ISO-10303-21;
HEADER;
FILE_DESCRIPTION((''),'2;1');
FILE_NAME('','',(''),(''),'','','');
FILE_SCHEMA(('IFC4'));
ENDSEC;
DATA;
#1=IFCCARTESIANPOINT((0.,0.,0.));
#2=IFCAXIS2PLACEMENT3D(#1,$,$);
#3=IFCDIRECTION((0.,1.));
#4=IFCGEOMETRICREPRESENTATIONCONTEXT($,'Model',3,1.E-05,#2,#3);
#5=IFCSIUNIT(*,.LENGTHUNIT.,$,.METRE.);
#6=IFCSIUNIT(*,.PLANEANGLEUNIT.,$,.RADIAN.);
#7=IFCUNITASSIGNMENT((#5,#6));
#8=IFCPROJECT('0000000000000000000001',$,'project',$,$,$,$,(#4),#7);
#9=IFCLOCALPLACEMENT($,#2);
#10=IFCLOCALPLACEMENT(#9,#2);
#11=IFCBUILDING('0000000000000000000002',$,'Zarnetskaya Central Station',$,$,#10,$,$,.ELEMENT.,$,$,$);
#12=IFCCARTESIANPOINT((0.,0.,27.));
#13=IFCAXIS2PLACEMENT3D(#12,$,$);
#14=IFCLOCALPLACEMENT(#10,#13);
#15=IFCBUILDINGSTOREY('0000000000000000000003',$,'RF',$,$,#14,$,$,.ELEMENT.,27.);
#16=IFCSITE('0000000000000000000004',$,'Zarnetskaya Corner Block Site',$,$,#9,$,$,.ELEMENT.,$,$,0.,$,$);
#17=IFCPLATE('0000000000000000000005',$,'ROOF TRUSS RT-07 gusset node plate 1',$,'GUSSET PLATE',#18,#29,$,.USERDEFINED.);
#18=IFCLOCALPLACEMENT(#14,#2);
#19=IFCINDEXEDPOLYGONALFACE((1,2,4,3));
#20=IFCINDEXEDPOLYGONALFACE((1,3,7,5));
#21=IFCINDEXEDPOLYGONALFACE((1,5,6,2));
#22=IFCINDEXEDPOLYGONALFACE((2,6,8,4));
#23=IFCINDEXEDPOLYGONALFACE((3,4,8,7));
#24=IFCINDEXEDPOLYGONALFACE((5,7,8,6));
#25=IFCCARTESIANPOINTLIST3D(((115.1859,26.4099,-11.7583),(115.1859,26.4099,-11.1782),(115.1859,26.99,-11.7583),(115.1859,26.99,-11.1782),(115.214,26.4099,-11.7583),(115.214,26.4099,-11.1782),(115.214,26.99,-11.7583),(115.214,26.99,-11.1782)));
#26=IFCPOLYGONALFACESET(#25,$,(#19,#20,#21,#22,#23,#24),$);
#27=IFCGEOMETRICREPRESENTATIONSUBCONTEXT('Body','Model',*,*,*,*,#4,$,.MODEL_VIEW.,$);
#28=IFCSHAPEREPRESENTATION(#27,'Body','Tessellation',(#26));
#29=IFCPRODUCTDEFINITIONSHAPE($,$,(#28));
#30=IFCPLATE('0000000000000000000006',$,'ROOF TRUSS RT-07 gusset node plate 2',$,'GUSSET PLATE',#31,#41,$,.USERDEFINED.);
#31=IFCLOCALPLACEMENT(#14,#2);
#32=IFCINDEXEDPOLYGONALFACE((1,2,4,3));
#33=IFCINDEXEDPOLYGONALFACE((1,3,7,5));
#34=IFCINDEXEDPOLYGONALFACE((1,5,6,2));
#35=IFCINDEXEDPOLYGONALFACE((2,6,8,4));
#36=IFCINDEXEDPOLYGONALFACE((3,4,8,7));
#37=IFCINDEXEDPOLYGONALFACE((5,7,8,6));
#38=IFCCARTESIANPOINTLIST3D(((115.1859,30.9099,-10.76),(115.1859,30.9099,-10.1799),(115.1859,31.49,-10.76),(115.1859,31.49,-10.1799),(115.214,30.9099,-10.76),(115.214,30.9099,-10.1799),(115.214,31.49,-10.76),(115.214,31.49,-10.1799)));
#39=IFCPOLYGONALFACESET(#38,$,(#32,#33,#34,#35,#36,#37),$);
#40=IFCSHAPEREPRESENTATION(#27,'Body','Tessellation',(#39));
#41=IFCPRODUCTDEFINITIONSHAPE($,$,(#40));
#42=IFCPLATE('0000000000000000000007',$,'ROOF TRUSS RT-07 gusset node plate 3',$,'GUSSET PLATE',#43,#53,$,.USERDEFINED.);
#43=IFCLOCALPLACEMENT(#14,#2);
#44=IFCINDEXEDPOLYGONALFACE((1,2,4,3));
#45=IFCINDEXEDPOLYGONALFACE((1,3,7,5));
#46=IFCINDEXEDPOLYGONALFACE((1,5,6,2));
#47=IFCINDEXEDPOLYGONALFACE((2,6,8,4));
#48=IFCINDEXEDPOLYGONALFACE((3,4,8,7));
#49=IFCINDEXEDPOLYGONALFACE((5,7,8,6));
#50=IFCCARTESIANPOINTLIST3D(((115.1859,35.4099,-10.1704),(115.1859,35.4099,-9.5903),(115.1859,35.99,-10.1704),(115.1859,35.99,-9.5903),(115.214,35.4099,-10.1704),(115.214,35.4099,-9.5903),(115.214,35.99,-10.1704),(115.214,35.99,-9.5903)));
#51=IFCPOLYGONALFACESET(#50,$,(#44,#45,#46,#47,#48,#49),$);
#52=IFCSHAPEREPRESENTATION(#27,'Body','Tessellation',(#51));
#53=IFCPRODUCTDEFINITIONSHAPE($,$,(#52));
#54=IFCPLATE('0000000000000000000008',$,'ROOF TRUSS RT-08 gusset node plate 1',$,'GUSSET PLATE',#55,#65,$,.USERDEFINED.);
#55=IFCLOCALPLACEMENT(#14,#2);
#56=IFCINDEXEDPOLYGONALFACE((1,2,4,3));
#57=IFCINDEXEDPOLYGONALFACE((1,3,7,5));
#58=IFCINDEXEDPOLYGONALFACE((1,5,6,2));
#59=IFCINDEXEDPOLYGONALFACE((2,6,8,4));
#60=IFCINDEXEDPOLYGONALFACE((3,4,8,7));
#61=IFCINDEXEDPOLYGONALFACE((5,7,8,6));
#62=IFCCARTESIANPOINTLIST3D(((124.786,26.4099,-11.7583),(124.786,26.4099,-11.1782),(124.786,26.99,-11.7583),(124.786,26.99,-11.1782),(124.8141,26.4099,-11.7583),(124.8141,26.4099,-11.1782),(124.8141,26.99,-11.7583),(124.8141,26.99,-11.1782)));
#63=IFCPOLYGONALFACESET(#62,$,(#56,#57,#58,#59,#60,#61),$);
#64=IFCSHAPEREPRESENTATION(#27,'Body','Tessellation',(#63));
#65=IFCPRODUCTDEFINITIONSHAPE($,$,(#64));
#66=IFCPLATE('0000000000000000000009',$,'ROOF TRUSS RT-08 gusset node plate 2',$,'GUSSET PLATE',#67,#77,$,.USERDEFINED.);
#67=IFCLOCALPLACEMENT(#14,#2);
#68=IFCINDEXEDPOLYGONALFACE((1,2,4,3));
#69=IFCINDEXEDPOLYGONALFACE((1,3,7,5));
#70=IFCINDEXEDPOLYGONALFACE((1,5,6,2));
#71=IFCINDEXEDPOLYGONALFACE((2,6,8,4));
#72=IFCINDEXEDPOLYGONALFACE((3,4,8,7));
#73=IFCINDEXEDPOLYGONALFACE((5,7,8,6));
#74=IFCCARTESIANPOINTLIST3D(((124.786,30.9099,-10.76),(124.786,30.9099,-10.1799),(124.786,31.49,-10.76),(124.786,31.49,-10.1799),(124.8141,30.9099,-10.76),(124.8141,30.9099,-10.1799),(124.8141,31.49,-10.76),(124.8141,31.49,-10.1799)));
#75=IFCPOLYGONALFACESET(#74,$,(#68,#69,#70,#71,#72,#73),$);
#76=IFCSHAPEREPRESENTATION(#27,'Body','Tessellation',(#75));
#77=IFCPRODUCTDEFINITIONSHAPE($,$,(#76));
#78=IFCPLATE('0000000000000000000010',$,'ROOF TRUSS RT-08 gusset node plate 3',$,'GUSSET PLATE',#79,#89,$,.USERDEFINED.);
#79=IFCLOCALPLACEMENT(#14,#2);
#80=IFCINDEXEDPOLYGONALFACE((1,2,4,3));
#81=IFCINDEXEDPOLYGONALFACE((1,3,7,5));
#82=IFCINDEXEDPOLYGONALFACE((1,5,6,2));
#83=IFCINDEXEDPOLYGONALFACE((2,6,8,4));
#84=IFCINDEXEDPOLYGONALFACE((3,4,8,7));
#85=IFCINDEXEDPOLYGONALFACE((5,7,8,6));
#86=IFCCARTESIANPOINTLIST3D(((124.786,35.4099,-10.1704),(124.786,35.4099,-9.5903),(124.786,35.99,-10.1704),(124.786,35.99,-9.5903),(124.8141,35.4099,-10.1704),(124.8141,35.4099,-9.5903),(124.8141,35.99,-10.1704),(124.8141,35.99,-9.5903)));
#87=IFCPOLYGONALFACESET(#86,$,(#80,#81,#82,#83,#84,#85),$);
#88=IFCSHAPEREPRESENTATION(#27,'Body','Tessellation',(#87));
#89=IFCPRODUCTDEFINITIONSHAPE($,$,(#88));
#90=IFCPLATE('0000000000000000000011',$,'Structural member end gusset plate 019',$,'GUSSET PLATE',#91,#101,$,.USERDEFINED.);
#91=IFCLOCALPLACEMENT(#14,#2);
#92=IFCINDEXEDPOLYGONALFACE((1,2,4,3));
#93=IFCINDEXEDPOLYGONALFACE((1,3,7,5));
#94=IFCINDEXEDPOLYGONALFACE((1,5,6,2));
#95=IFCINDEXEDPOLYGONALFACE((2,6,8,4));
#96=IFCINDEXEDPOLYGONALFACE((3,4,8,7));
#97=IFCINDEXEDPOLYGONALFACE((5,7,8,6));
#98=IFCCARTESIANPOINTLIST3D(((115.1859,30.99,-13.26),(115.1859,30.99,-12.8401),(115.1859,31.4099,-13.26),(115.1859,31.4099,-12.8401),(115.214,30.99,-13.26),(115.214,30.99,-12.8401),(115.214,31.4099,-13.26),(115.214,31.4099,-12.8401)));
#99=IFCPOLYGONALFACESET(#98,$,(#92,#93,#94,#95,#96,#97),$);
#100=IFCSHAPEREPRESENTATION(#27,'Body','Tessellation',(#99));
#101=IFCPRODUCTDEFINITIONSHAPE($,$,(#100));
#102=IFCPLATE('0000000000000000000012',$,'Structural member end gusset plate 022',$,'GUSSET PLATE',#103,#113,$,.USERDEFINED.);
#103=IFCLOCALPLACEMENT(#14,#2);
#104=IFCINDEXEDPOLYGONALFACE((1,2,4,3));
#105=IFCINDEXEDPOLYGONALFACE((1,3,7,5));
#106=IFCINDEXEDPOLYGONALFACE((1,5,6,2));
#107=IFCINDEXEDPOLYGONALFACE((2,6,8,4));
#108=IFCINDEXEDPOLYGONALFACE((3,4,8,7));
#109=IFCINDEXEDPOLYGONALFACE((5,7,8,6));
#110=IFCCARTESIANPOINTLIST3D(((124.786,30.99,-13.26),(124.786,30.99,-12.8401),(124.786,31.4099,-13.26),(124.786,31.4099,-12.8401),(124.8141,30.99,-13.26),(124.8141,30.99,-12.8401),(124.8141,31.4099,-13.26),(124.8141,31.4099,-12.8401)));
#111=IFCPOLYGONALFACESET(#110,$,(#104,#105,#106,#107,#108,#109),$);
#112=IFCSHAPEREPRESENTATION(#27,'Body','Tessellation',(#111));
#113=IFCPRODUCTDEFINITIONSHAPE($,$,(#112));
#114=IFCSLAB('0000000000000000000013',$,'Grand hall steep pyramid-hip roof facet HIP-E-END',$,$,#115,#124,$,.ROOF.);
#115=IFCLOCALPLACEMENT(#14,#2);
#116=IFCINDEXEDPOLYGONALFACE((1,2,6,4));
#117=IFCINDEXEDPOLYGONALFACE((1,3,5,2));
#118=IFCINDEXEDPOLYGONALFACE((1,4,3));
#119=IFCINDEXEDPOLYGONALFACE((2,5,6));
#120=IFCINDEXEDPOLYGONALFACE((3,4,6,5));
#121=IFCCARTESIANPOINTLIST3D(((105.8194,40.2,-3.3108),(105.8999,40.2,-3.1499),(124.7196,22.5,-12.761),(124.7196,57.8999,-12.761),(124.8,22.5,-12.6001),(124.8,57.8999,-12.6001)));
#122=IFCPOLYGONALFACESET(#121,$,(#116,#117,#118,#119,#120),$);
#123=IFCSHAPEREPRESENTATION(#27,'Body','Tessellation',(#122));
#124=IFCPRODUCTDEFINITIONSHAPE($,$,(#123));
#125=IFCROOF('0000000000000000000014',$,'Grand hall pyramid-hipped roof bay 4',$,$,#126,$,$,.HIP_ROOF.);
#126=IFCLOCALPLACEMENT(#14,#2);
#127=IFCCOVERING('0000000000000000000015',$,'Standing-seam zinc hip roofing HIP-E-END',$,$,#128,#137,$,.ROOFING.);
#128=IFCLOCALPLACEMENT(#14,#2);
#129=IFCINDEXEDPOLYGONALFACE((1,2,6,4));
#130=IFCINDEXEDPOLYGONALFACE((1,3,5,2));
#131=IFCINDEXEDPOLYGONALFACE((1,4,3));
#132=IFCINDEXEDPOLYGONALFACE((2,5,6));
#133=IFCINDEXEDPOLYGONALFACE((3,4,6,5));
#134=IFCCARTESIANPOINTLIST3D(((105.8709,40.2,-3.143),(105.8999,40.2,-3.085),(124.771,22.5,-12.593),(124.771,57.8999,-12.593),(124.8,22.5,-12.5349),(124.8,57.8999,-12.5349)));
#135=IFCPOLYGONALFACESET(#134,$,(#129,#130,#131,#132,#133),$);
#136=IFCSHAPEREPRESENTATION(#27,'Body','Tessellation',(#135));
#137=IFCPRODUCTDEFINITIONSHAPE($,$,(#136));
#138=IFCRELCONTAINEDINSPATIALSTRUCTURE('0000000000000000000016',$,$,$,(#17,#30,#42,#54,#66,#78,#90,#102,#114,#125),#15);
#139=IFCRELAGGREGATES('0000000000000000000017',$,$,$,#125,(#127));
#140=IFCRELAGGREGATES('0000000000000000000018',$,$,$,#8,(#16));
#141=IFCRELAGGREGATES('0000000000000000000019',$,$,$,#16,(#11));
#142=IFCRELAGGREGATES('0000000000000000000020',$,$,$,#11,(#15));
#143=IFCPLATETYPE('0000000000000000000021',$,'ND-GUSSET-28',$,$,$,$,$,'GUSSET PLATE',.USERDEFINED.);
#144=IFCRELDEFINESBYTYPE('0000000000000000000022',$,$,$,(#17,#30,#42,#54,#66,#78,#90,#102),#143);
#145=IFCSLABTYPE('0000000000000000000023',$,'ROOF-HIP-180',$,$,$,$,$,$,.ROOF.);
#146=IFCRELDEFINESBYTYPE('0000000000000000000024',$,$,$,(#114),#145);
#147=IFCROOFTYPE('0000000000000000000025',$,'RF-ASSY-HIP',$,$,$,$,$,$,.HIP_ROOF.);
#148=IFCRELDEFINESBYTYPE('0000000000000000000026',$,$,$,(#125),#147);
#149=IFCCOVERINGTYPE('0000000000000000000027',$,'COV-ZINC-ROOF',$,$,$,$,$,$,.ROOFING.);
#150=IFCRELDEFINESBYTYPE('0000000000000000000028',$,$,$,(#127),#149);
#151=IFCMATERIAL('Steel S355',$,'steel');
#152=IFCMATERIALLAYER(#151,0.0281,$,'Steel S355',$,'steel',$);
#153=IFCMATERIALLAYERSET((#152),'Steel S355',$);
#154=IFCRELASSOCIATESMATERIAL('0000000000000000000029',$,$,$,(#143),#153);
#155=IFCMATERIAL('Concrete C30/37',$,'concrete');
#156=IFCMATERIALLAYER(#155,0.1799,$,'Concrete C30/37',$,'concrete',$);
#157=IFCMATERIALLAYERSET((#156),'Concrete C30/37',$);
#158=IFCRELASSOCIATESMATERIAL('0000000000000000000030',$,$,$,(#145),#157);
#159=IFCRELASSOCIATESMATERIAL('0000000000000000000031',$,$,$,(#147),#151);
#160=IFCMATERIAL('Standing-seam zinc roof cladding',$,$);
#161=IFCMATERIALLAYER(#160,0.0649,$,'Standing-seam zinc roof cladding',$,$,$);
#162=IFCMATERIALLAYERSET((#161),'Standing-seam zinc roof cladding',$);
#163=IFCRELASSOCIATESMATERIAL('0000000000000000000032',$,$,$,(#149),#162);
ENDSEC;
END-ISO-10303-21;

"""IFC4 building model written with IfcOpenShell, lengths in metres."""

from ifc_helpers import new_model, si_unit, direction, frame, origin, origin_2d, place, context, subcontext, project, spatial, polyline, rectangle, outline, extrude, material, layer, layer_set, type_object, element, aggregate, save


model = new_model("IFC4")

# Units and contexts
model_context = context("Model", 3, precision=1e-05, world=origin(), true_north=direction((0.0, 1.0)))
body_context = subcontext(model_context, "Body", "Model", "MODEL_VIEW")
ifc_project = project(units=[si_unit("LENGTHUNIT", "METRE"), si_unit("PLANEANGLEUNIT", "RADIAN")], contexts=[model_context])

# Site, building, storey
site_placement = place(None, origin())
site = spatial("IfcSite", under=ifc_project, at=site_placement, Name="Zarnetskaya Corner Block Site", CompositionType="ELEMENT", RefElevation=0.0)
building_placement = place(site_placement, origin())
building = spatial("IfcBuilding", under=site, at=building_placement, Name="Zarnetskaya Central Station", CompositionType="ELEMENT")
storey_placement = place(building_placement, frame((0.0, 0.0, 27.0)))
storey = spatial("IfcBuildingStorey", under=building, at=storey_placement, Name="RF", CompositionType="ELEMENT", Elevation=27.0)

# Shared definitions
ifc_material_1 = material(Name="Steel S355", Category="steel")

# Plates
ifc_layer_1 = layer(ifc_material_1, 0.0281, Name="Steel S355", Category="steel")
ifc_layer_set_1 = layer_set([ifc_layer_1], Name="Steel S355")
plate_type_1 = type_object("IfcPlateType", Name="ND-GUSSET-28", ElementType="GUSSET PLATE", PredefinedType="USERDEFINED", material=ifc_layer_set_1)
for number, where, z_axis, x_axis, name in (
    (1, (115.2, 26.7, -11.7583), (0.0, 0.0, 1.0), (1.0, 0.0, 0.0), "ROOF TRUSS RT-07 gusset node plate 1"),
    (2, (115.2, 31.2, -10.76), (0.0, 0.0, 1.0), (1.0, 0.0, 0.0), "ROOF TRUSS RT-07 gusset node plate 2"),
    (3, (115.2, 35.7, -10.1704), (0.0, 0.0, 1.0), (1.0, 0.0, 0.0), "ROOF TRUSS RT-07 gusset node plate 3"),
    (4, (124.8, 26.7, -11.7583), (0.0, 0.0, 1.0), (1.0, 0.0, 0.0), "ROOF TRUSS RT-08 gusset node plate 1"),
    (5, (124.8, 31.2, -10.76), (0.0, 0.0, 1.0), (1.0, 0.0, 0.0), "ROOF TRUSS RT-08 gusset node plate 2"),
    (6, (124.8, 35.7, -10.1704), (0.0, 0.0, 1.0), (1.0, 0.0, 0.0), "ROOF TRUSS RT-08 gusset node plate 3"),
):
    element("IfcPlate", number, at=place(storey_placement, frame(where, z_axis=z_axis, x_axis=x_axis)), inside=storey, type_object=plate_type_1, Name=name, ObjectType="GUSSET PLATE", PredefinedType="USERDEFINED", context=body_context, shape_type="SweptSolid", body=[
        extrude(rectangle(XDim=0.0281, YDim=0.5801, at=origin_2d()), origin(), (0.0, 0.0, 1.0), 0.5801),
    ])
for number, where, z_axis, x_axis, name in (
    (7, (115.2, 31.2, -13.26), (0.0, 0.0, 1.0), (1.0, 0.0, 0.0), "Structural member end gusset plate 019"),
    (8, (124.8, 31.2, -13.26), (0.0, 0.0, 1.0), (1.0, 0.0, 0.0), "Structural member end gusset plate 022"),
):
    element("IfcPlate", number, at=place(storey_placement, frame(where, z_axis=z_axis, x_axis=x_axis)), inside=storey, type_object=plate_type_1, Name=name, ObjectType="GUSSET PLATE", PredefinedType="USERDEFINED", context=body_context, shape_type="SweptSolid", body=[
        extrude(rectangle(XDim=0.0281, YDim=0.4199, at=origin_2d()), origin(), (0.0, 0.0, 1.0), 0.4199),
    ])

# Slab
ifc_material_2 = material(Name="Concrete C30/37", Category="concrete")
ifc_layer_2 = layer(ifc_material_2, 0.1799, Name="Concrete C30/37", Category="concrete")
ifc_layer_set_2 = layer_set([ifc_layer_2], Name="Concrete C30/37")
slab_type = type_object("IfcSlabType", Name="ROOF-HIP-180", PredefinedType="ROOF", material=ifc_layer_set_2)
slab_placement = place(storey_placement, frame((124.8, 22.5, -12.6001), z_axis=(0.447218, 0.0, 0.894425), x_axis=(0.0, 1.0, 0.0)))
element("IfcSlab", 9, at=slab_placement, inside=storey, type_object=slab_type, Name="Grand hall steep pyramid-hip roof facet HIP-E-END", PredefinedType="ROOF", context=body_context, shape_type="SweptSolid", body=[
    extrude(outline(polyline([(0.0, 0.0), (35.3999, 0.0), (17.7, 21.1311), (0.0, 0.0)])), origin(), (0.0, 0.0, -1.0), 0.1799),
])

# Roof, covering
roof_type = type_object("IfcRoofType", Name="RF-ASSY-HIP", PredefinedType="HIP_ROOF", material=ifc_material_1)
roof_placement = place(storey_placement, origin())
roof = element("IfcRoof", 10, at=roof_placement, inside=storey, type_object=roof_type, Name="Grand hall pyramid-hipped roof bay 4", PredefinedType="HIP_ROOF")
ifc_material_3 = material(Name="Standing-seam zinc roof cladding")
ifc_layer_3 = layer(ifc_material_3, 0.0649, Name="Standing-seam zinc roof cladding")
ifc_layer_set_3 = layer_set([ifc_layer_3], Name="Standing-seam zinc roof cladding")
covering_type = type_object("IfcCoveringType", Name="COV-ZINC-ROOF", PredefinedType="ROOFING", material=ifc_layer_set_3)
covering_placement = place(storey_placement, frame((124.8, 22.5, -12.5349), z_axis=(0.447209, 0.0, 0.89443), x_axis=(0.0, 1.0, 0.0)))
covering = element("IfcCovering", 11, at=covering_placement, type_object=covering_type, Name="Standing-seam zinc hip roofing HIP-E-END", PredefinedType="ROOFING", context=body_context, shape_type="SweptSolid", body=[
    extrude(outline(polyline([(0.0, 0.0), (35.3999, 0.0), (17.7, 21.131), (0.0, 0.0)])), origin(), (0.0, 0.0, -1.0), 0.0649),
])
aggregate(roof, [covering])

save(model, "model.ifc")
